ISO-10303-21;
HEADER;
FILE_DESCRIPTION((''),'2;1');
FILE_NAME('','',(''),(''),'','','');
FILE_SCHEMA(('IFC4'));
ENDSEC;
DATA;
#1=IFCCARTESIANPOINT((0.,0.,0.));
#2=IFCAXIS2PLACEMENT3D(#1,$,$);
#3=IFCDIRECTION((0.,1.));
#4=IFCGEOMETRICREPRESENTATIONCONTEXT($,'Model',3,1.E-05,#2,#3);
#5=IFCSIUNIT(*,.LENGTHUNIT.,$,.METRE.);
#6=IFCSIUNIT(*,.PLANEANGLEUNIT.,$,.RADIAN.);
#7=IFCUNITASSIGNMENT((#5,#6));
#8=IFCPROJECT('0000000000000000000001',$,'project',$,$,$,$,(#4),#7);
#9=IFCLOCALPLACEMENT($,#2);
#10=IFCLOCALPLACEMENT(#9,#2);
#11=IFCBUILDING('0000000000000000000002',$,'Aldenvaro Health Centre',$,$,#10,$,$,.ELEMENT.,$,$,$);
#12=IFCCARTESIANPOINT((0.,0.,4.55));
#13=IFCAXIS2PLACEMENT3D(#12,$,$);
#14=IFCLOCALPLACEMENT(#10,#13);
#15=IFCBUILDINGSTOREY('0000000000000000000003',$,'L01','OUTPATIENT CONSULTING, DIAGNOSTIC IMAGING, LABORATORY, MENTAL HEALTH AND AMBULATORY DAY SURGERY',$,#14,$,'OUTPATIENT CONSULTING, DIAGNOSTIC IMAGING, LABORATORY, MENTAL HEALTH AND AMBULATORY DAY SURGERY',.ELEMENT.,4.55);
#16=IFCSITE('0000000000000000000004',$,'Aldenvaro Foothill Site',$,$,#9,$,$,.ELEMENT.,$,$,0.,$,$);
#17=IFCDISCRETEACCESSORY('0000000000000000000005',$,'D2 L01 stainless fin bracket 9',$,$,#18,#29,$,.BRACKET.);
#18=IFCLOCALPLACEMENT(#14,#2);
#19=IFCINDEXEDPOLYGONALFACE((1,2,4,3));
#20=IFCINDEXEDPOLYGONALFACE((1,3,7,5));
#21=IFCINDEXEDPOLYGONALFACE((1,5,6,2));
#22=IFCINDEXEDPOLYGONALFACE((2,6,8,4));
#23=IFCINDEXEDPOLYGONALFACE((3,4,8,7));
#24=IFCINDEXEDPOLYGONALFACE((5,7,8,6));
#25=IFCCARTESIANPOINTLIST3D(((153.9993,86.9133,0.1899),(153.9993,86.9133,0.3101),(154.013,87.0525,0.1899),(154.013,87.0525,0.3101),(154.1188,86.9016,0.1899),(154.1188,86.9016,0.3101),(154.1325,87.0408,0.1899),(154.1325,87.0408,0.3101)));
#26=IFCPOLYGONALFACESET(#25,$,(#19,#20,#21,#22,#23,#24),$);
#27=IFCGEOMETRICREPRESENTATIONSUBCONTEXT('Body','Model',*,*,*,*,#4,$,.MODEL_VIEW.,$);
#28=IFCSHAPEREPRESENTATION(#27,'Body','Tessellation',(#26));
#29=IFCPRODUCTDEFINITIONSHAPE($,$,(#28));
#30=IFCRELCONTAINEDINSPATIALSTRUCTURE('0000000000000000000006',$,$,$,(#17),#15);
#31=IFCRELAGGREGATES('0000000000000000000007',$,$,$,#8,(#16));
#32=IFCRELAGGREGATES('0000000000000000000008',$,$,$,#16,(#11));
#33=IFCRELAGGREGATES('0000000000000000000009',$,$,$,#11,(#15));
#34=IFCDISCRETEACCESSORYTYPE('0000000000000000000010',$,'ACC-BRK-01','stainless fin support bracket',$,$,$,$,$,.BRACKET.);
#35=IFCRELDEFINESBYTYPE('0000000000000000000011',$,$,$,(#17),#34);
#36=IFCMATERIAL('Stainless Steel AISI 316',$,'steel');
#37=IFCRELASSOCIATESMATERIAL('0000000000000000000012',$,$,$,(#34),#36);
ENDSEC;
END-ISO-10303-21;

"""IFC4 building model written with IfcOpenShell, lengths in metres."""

from ifc_helpers import new_model, si_unit, direction, frame, origin, origin_2d, place, context, subcontext, project, spatial, rectangle, extrude, material, type_object, element, save


model = new_model("IFC4")

# Units and contexts
model_context = context("Model", 3, precision=1e-05, world=origin(), true_north=direction((0.0, 1.0)))
body_context = subcontext(model_context, "Body", "Model", "MODEL_VIEW")
ifc_project = project(units=[si_unit("LENGTHUNIT", "METRE"), si_unit("PLANEANGLEUNIT", "RADIAN")], contexts=[model_context])

# Site, building, storey
site_placement = place(None, origin())
site = spatial("IfcSite", under=ifc_project, at=site_placement, Name="Aldenvaro Foothill Site", CompositionType="ELEMENT", RefElevation=0.0)
building_placement = place(site_placement, origin())
building = spatial("IfcBuilding", under=site, at=building_placement, Name="Aldenvaro Health Centre", CompositionType="ELEMENT")
storey_placement = place(building_placement, frame((0.0, 0.0, 4.55)))
storey = spatial("IfcBuildingStorey", under=building, at=storey_placement, Name="L01", Description="OUTPATIENT CONSULTING, DIAGNOSTIC IMAGING, LABORATORY, MENTAL HEALTH AND AMBULATORY DAY SURGERY", LongName="OUTPATIENT CONSULTING, DIAGNOSTIC IMAGING, LABORATORY, MENTAL HEALTH AND AMBULATORY DAY SURGERY", CompositionType="ELEMENT", Elevation=4.55)

# Discrete accessory
ifc_material_1 = material(Name="Stainless Steel AISI 316", Category="steel")
discrete_accessory_type = type_object("IfcDiscreteAccessoryType", Name="ACC-BRK-01", Description="stainless fin support bracket", PredefinedType="BRACKET", material=ifc_material_1)
discrete_accessory_placement = place(storey_placement, frame((154.0659, 86.9771, 0.1899), z_axis=(0.0, 0.0, 1.0), x_axis=(-0.995195, 0.097915, 0.0)))
element("IfcDiscreteAccessory", 1, at=discrete_accessory_placement, inside=storey, type_object=discrete_accessory_type, Name="D2 L01 stainless fin bracket 9", PredefinedType="BRACKET", context=body_context, shape_type="SweptSolid", body=[
    extrude(rectangle(XDim=0.1201, YDim=0.1399, at=origin_2d()), origin(), (0.0, 0.0, 1.0), 0.1201),
])

save(model, "model.ifc")
